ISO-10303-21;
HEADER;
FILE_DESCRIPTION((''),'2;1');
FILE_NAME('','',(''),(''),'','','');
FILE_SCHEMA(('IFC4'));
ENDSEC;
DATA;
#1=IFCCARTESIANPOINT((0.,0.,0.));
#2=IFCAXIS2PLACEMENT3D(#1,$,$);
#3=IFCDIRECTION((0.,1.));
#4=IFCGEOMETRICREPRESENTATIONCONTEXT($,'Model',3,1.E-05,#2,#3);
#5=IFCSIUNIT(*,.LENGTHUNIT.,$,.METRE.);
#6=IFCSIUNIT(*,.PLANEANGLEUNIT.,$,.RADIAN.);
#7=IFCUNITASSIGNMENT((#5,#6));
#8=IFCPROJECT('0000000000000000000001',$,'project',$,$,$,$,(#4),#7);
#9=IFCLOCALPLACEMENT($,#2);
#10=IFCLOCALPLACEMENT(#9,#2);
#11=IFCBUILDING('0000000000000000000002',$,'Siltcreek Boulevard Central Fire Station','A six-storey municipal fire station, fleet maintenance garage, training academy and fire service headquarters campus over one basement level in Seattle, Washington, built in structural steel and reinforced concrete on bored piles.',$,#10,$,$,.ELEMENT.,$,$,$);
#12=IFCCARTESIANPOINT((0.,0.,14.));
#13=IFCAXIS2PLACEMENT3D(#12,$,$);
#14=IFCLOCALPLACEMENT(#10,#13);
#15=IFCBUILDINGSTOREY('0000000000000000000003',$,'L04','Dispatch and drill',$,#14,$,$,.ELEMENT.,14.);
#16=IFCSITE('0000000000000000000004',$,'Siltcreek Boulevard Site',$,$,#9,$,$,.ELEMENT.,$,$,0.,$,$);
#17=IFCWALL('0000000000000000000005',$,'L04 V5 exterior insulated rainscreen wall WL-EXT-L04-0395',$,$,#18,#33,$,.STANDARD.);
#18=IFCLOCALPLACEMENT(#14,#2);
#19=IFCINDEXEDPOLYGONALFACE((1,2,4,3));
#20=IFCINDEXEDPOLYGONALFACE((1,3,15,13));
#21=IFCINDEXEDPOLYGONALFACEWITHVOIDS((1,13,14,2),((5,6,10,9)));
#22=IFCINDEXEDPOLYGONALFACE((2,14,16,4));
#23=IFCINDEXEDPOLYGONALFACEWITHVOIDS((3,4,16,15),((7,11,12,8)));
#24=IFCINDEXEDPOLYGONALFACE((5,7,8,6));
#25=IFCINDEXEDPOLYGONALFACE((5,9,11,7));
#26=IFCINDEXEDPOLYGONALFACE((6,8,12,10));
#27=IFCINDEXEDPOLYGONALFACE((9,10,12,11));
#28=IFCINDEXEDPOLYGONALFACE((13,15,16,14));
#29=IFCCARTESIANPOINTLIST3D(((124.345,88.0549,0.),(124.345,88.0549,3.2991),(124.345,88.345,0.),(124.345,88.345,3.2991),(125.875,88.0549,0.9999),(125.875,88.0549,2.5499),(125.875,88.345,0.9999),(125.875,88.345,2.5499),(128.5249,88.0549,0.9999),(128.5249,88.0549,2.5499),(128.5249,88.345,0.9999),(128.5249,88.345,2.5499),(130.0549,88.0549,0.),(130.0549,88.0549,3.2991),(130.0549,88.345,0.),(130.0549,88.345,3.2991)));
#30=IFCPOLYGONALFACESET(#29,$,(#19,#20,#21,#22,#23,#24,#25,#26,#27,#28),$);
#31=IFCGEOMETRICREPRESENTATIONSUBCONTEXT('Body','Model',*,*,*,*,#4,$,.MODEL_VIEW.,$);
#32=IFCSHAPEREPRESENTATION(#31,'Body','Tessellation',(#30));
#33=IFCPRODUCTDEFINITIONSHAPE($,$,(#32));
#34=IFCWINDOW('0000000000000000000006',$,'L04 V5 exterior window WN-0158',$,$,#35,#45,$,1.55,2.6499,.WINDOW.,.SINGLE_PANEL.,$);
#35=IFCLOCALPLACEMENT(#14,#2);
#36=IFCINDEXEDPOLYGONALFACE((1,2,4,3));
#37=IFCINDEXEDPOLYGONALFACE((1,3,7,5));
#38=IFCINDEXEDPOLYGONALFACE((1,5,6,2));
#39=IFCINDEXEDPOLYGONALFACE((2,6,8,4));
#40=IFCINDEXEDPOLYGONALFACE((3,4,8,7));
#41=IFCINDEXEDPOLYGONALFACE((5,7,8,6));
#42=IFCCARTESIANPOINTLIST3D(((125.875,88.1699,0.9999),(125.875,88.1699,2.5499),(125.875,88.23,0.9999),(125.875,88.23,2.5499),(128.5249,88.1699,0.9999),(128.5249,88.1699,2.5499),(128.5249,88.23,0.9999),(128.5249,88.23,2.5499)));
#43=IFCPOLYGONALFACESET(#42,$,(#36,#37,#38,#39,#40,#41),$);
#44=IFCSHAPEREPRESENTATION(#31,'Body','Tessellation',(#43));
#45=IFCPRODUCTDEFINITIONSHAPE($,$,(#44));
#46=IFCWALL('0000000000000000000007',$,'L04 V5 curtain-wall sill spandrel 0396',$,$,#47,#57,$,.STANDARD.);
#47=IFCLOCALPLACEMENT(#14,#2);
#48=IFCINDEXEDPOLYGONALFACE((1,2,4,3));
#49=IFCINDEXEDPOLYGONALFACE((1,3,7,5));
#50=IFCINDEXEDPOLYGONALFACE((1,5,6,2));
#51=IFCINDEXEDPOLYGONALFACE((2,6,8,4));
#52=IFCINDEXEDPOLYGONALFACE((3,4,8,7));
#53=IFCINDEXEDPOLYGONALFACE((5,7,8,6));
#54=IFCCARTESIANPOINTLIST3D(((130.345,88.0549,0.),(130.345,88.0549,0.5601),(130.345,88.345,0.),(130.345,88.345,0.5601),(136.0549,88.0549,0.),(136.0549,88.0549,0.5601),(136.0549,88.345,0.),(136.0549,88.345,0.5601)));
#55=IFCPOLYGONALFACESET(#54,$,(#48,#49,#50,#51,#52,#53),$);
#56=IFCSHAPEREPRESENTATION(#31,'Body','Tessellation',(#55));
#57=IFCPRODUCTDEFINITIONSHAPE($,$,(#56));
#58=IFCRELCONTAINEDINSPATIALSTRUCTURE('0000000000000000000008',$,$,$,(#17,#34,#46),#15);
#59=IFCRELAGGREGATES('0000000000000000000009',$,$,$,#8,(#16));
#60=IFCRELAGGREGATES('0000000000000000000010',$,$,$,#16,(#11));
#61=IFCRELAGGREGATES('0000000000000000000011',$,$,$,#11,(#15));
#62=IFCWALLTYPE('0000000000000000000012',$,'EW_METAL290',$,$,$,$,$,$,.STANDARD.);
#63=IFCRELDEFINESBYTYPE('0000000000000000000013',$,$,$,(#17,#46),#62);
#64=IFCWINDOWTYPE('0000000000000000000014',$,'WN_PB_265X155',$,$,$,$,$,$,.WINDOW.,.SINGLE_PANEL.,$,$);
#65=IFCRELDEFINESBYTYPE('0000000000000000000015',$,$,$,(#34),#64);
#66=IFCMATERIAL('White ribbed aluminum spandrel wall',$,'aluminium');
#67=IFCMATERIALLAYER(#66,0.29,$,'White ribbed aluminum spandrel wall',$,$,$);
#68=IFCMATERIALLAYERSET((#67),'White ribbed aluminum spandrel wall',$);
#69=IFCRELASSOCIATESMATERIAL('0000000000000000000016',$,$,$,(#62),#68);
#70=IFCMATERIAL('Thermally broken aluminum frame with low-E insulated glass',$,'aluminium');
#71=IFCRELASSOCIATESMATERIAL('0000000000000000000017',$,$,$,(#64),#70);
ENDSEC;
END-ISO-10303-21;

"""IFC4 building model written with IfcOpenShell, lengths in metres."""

from ifc_helpers import new_model, si_unit, direction, frame, frame_2d, origin, place, context, subcontext, project, spatial, rectangle, extrude, material, layer, layer_set, type_object, element, fill, save


model = new_model("IFC4")

# Units and contexts
model_context = context("Model", 3, precision=1e-05, world=origin(), true_north=direction((0.0, 1.0)))
body_context = subcontext(model_context, "Body", "Model", "MODEL_VIEW")
ifc_project = project(units=[si_unit("LENGTHUNIT", "METRE"), si_unit("PLANEANGLEUNIT", "RADIAN")], contexts=[model_context])

# Site, building, storey
site_placement = place(None, origin())
site = spatial("IfcSite", under=ifc_project, at=site_placement, Name="Siltcreek Boulevard Site", CompositionType="ELEMENT", RefElevation=0.0)
building_placement = place(site_placement, origin())
building = spatial("IfcBuilding", under=site, at=building_placement, Name="Siltcreek Boulevard Central Fire Station", Description="A six-storey municipal fire station, fleet maintenance garage, training academy and fire service headquarters campus over one basement level in Seattle, Washington, built in structural steel and reinforced concrete on bored piles.", CompositionType="ELEMENT")
storey_placement = place(building_placement, frame((0.0, 0.0, 14.0)))
storey = spatial("IfcBuildingStorey", under=building, at=storey_placement, Name="L04", Description="Dispatch and drill", CompositionType="ELEMENT", Elevation=14.0)

# Wall, opening, window
ifc_material_1 = material(Name="White ribbed aluminum spandrel wall", Category="aluminium")
ifc_layer_1 = layer(ifc_material_1, 0.29, Name="White ribbed aluminum spandrel wall")
ifc_layer_set_1 = layer_set([ifc_layer_1], Name="White ribbed aluminum spandrel wall")
wall_type = type_object("IfcWallType", Name="EW_METAL290", PredefinedType="STANDARD", material=ifc_layer_set_1)
wall_1_placement = place(storey_placement, frame((124.345, 88.2, 0.0), z_axis=(0.0, 0.0, 1.0), x_axis=(1.0, 0.0, 0.0)))
wall_1 = element("IfcWall", 1, at=wall_1_placement, inside=storey, type_object=wall_type, Name="L04 V5 exterior insulated rainscreen wall WL-EXT-L04-0395", PredefinedType="STANDARD", context=body_context, shape_type="SweptSolid", body=[
    extrude(rectangle(XDim=5.71, YDim=0.29, at=frame_2d((2.855, 0.0))), origin(), (0.0, 0.0, 1.0), 3.2991),
])
opening_placement = place(wall_1_placement, frame((1.53, 0.0, 1.0)))
opening = element("IfcOpeningElement", 2, at=opening_placement, cuts=wall_1, PredefinedType="OPENING", context=body_context, shape_type="SweptSolid", body=[
    extrude(rectangle(XDim=2.6499, YDim=1.55, at=frame_2d((1.325, 0.7749))), frame((0.0, 0.155, 0.0), z_axis=(0.0, -1.0, 0.0), x_axis=(1.0, 0.0, 0.0)), (0.0, 0.0, 1.0), 0.3101),
])
ifc_material_2 = material(Name="Thermally broken aluminum frame with low-E insulated glass", Category="aluminium")
window_type = type_object("IfcWindowType", Name="WN_PB_265X155", PartitioningType="SINGLE_PANEL", PredefinedType="WINDOW", material=ifc_material_2)
window_placement = place(opening_placement, origin())
window = element("IfcWindow", 3, at=window_placement, inside=storey, type_object=window_type, Name="L04 V5 exterior window WN-0158", OverallHeight=1.55, OverallWidth=2.6499, PartitioningType="SINGLE_PANEL", PredefinedType="WINDOW", context=body_context, shape_type="SweptSolid", body=[
    extrude(rectangle(XDim=2.6499, YDim=1.55, at=frame_2d((1.325, 0.7749))), frame((0.0, 0.03, 0.0), z_axis=(0.0, -1.0, 0.0), x_axis=(1.0, 0.0, 0.0)), (0.0, 0.0, 1.0), 0.0601),
])
fill(opening, window)

# Wall
wall_2_placement = place(storey_placement, frame((130.345, 88.2, 0.0), z_axis=(0.0, 0.0, 1.0), x_axis=(1.0, 0.0, 0.0)))
element("IfcWall", 4, at=wall_2_placement, inside=storey, type_object=wall_type, Name="L04 V5 curtain-wall sill spandrel 0396", PredefinedType="STANDARD", context=body_context, shape_type="SweptSolid", body=[
    extrude(rectangle(XDim=5.71, YDim=0.29, at=frame_2d((2.855, 0.0))), origin(), (0.0, 0.0, 1.0), 0.5601),
])

save(model, "model.ifc")
